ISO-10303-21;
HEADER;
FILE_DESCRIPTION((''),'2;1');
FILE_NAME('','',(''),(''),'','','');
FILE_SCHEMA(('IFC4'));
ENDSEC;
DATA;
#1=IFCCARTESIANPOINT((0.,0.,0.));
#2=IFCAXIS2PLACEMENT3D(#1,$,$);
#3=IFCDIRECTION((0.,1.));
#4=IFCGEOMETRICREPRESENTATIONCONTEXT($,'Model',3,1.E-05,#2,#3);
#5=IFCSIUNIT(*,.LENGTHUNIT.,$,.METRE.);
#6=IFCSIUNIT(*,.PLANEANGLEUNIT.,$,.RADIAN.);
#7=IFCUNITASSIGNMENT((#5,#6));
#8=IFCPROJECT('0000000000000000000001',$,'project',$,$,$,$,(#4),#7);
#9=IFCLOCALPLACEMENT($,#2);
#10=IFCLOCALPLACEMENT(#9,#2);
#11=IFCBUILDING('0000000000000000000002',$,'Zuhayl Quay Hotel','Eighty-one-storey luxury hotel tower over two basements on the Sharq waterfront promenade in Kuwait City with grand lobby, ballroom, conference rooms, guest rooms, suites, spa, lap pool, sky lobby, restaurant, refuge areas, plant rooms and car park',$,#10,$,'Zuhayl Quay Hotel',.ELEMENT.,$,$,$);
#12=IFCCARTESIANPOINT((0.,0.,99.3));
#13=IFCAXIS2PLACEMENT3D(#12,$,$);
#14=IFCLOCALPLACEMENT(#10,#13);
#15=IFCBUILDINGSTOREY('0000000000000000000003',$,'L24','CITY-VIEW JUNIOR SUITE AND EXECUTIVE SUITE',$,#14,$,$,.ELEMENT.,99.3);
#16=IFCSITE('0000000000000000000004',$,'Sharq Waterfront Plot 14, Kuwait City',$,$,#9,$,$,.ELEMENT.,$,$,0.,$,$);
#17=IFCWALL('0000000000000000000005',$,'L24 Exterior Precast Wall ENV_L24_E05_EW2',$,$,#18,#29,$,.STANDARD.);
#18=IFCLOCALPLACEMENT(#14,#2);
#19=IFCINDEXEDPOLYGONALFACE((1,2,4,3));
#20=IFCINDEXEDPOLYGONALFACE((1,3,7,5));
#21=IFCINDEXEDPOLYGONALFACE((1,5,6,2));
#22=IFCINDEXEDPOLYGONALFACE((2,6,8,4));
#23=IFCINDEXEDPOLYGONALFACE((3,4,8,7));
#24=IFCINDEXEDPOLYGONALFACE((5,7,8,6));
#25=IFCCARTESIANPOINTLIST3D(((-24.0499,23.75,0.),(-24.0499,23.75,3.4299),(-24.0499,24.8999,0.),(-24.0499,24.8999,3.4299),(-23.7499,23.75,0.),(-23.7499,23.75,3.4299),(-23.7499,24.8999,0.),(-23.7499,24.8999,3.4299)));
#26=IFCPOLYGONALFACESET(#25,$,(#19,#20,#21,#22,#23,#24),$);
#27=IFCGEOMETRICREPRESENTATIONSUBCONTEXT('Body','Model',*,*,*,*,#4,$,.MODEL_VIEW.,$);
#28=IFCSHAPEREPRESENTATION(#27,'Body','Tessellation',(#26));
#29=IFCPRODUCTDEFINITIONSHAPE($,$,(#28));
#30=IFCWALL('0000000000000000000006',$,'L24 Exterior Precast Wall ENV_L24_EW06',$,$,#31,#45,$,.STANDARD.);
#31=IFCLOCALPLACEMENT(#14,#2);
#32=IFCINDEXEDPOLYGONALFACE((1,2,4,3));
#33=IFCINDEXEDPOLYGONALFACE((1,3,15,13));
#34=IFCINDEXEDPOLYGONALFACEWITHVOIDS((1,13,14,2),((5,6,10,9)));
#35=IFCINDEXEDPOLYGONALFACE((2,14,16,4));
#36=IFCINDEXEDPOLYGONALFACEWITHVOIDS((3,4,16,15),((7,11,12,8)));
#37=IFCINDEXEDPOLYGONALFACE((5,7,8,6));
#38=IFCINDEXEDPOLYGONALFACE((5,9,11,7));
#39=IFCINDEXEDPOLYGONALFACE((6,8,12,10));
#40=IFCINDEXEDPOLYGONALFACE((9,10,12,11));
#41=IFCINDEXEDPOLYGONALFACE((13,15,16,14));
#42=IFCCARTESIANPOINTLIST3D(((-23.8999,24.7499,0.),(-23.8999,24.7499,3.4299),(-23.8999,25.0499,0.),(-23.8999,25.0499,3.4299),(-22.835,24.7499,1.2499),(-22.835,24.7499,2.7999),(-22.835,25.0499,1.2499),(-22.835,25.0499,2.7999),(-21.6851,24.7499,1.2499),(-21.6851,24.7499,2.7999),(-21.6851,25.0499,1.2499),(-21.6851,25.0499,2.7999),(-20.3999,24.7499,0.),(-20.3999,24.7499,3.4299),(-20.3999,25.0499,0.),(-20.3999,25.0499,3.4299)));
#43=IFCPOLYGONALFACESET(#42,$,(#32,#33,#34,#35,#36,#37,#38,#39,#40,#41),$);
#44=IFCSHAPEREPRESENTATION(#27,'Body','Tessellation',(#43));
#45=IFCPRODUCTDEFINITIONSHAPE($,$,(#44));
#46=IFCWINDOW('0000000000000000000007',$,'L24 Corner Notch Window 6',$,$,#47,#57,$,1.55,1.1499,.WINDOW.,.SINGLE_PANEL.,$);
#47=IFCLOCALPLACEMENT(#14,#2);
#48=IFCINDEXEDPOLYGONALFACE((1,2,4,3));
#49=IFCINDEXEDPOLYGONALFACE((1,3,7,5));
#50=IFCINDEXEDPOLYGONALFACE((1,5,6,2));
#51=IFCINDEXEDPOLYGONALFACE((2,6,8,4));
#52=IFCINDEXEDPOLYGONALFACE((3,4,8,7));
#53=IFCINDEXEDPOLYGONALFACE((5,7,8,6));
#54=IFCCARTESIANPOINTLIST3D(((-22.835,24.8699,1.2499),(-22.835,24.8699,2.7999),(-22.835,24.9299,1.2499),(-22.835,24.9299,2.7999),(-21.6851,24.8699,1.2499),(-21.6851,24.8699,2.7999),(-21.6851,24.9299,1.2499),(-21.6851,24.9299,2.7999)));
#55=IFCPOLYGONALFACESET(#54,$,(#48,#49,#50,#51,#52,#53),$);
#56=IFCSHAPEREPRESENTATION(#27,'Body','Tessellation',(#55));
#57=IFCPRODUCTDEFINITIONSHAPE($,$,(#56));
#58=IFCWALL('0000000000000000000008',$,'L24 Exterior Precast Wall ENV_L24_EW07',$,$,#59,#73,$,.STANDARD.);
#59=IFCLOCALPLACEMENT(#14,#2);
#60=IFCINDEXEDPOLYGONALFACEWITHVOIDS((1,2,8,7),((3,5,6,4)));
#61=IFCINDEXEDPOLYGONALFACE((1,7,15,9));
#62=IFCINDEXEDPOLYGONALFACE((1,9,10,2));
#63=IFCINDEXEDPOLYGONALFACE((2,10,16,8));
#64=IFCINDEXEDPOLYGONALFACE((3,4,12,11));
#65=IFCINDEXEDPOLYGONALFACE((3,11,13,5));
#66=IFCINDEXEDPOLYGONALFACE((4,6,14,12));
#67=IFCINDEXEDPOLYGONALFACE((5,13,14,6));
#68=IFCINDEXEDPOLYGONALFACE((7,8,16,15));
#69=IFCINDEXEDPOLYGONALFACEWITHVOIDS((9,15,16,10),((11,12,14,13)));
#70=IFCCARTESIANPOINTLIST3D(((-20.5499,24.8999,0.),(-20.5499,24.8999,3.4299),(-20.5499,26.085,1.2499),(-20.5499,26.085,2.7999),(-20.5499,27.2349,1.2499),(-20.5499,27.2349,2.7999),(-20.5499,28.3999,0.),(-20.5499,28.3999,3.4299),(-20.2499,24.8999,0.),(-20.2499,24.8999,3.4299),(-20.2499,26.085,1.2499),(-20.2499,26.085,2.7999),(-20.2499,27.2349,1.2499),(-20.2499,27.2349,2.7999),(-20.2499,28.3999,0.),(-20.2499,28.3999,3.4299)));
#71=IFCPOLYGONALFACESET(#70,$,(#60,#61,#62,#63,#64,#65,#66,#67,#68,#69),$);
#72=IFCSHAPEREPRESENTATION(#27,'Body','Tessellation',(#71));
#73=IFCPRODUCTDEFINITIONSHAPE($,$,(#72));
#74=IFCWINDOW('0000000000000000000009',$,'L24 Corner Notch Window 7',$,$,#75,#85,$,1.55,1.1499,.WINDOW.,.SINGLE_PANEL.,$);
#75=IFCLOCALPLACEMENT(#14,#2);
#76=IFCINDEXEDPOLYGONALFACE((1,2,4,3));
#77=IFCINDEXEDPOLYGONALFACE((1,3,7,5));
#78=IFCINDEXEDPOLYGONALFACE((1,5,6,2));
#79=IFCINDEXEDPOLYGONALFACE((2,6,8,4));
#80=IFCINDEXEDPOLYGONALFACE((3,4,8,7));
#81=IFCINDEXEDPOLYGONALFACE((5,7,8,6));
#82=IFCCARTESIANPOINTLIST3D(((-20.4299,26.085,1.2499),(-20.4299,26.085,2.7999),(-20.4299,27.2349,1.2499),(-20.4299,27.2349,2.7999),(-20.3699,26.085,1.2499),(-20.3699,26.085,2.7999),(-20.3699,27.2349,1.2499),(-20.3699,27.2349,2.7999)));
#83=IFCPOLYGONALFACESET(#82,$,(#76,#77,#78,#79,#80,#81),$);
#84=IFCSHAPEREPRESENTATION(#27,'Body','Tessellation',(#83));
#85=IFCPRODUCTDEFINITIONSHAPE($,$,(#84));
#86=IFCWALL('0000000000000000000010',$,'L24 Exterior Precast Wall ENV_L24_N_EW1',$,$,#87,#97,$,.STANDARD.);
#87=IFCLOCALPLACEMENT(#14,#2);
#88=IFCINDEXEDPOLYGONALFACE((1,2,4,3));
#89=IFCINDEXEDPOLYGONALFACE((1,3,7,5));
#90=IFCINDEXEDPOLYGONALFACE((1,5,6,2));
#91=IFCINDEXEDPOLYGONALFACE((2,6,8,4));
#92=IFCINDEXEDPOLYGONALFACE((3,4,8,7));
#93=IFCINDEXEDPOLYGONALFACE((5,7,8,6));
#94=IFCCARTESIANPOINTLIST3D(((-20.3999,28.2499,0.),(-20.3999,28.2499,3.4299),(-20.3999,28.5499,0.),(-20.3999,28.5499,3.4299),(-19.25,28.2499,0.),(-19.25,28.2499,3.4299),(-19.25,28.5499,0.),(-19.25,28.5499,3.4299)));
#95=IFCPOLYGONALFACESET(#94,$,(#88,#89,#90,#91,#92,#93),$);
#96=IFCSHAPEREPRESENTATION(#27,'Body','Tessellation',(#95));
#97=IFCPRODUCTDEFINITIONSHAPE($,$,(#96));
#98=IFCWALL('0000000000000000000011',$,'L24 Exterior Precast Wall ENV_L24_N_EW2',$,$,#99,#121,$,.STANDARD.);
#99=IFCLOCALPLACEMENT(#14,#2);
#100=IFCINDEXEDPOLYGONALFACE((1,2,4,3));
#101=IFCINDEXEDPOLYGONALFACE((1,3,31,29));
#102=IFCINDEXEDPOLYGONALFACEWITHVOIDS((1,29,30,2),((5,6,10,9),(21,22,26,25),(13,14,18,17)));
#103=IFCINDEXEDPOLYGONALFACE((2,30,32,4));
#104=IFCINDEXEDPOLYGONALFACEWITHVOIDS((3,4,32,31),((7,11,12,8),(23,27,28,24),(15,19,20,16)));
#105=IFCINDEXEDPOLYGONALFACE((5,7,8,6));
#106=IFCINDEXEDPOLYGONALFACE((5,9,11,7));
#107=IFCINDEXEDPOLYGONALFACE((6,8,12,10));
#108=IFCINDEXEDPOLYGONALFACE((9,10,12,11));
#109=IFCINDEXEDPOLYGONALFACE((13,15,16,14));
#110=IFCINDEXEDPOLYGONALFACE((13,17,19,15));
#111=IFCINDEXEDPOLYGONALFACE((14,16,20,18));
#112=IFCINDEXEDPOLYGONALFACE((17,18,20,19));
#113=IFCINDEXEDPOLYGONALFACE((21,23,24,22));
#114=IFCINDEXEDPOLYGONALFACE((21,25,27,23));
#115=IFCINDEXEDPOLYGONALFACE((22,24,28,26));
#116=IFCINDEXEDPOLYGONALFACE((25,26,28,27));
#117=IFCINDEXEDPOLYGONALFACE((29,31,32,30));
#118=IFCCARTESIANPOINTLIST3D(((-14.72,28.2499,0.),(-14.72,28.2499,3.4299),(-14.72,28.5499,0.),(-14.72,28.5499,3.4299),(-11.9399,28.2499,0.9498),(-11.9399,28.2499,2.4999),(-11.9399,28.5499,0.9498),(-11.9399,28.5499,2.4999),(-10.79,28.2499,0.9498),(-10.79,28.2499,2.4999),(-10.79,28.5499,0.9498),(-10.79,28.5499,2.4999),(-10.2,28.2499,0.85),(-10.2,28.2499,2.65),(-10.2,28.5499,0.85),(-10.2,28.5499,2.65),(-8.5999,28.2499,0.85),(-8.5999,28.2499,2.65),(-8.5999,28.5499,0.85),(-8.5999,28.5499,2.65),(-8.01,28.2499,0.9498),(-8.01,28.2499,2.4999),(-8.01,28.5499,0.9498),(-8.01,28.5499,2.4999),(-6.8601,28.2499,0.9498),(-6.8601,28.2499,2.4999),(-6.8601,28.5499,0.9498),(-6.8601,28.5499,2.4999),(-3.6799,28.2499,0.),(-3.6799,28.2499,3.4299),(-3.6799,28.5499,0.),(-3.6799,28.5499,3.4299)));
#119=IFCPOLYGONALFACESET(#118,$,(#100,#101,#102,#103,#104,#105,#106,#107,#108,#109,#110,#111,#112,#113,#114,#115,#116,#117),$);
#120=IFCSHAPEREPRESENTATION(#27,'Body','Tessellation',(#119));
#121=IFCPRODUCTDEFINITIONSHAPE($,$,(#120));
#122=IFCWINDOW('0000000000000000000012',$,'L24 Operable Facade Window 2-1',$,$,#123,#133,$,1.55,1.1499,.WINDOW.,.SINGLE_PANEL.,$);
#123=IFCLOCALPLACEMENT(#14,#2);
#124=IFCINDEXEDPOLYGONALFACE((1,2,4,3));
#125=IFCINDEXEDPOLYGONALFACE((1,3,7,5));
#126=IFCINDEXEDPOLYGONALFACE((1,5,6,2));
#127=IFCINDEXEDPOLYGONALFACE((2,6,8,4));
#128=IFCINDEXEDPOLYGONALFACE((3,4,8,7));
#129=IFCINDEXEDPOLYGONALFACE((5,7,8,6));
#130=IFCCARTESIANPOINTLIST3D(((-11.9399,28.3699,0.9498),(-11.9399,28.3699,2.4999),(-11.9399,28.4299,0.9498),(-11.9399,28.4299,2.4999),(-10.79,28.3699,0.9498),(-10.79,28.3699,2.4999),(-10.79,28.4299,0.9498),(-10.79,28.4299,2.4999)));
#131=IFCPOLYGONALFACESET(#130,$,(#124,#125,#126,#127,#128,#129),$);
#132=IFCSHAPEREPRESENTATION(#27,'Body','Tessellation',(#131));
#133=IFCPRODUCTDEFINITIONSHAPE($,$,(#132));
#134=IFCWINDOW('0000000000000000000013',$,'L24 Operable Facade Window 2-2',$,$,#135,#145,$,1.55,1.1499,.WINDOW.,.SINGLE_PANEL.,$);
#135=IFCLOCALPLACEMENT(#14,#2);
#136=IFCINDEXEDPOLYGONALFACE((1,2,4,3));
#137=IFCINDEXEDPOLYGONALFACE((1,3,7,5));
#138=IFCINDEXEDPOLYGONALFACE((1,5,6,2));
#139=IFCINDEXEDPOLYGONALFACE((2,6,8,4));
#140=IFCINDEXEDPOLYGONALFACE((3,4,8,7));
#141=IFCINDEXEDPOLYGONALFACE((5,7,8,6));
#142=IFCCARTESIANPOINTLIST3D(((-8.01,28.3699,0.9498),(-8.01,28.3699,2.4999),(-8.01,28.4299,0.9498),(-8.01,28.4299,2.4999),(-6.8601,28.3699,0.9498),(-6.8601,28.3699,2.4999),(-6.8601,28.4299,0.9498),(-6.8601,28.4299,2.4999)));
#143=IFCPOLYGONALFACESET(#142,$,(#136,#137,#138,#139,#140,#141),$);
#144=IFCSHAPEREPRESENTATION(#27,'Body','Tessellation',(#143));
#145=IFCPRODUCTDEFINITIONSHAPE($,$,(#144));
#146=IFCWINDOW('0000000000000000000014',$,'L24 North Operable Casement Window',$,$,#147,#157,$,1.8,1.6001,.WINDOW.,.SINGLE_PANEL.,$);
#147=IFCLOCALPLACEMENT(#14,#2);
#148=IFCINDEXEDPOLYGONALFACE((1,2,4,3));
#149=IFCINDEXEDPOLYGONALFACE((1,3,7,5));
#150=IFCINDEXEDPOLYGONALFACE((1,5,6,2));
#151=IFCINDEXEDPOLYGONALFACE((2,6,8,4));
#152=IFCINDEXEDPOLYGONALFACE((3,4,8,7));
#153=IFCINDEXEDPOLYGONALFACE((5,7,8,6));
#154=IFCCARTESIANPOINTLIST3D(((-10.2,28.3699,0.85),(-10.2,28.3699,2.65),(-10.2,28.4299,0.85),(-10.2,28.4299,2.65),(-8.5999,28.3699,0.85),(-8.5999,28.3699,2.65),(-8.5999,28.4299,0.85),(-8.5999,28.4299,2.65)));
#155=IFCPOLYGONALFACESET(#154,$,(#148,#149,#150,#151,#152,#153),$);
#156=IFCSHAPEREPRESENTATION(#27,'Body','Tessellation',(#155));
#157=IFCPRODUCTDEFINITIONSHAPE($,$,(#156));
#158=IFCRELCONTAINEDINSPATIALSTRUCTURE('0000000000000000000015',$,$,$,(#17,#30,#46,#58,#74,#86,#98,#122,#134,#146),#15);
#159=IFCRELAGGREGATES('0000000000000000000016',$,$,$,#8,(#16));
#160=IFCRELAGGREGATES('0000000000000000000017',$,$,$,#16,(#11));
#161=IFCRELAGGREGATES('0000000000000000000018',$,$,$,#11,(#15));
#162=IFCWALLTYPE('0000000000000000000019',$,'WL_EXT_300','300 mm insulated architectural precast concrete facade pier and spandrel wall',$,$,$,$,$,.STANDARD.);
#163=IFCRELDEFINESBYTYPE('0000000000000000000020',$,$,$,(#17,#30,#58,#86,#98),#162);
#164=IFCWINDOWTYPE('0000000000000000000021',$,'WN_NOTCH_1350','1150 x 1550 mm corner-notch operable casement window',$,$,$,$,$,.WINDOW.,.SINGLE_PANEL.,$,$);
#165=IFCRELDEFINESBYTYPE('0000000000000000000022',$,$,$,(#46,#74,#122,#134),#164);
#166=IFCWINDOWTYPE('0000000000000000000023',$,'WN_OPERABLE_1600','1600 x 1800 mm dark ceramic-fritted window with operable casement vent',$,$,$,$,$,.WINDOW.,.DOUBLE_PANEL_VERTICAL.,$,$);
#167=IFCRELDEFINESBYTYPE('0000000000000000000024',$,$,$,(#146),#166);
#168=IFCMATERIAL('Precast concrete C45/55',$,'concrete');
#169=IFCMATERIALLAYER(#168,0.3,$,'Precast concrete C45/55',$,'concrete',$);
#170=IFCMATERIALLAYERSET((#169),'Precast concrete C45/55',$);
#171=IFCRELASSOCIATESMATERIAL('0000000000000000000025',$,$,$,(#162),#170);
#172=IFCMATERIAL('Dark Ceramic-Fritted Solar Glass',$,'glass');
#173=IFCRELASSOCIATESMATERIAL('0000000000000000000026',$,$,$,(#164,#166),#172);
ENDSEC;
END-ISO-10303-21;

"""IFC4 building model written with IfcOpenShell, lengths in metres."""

from ifc_helpers import new_model, si_unit, direction, frame, frame_2d, origin, place, context, subcontext, project, spatial, rectangle, extrude, material, layer, layer_set, type_object, element, fill, save


model = new_model("IFC4")

# Units and contexts
model_context = context("Model", 3, precision=1e-05, world=origin(), true_north=direction((0.0, 1.0)))
body_context = subcontext(model_context, "Body", "Model", "MODEL_VIEW")
ifc_project = project(units=[si_unit("LENGTHUNIT", "METRE"), si_unit("PLANEANGLEUNIT", "RADIAN")], contexts=[model_context])

# Site, building, storey
site_placement = place(None, origin())
site = spatial("IfcSite", under=ifc_project, at=site_placement, Name="Sharq Waterfront Plot 14, Kuwait City", CompositionType="ELEMENT", RefElevation=0.0)
building_placement = place(site_placement, origin())
building = spatial("IfcBuilding", under=site, at=building_placement, Name="Zuhayl Quay Hotel", Description="Eighty-one-storey luxury hotel tower over two basements on the Sharq waterfront promenade in Kuwait City with grand lobby, ballroom, conference rooms, guest rooms, suites, spa, lap pool, sky lobby, restaurant, refuge areas, plant rooms and car park", LongName="Zuhayl Quay Hotel", CompositionType="ELEMENT")
storey_placement = place(building_placement, frame((0.0, 0.0, 99.3)))
storey = spatial("IfcBuildingStorey", under=building, at=storey_placement, Name="L24", Description="CITY-VIEW JUNIOR SUITE AND EXECUTIVE SUITE", CompositionType="ELEMENT", Elevation=99.3)

# Shared definitions
ifc_material_1 = material(Name="Dark Ceramic-Fritted Solar Glass", Category="glass")

# Wall
ifc_material_2 = material(Name="Precast concrete C45/55", Category="concrete")
ifc_layer_1 = layer(ifc_material_2, 0.3, Name="Precast concrete C45/55", Category="concrete")
ifc_layer_set_1 = layer_set([ifc_layer_1], Name="Precast concrete C45/55")
wall_type_1 = type_object("IfcWallType", Name="WL_EXT_300", Description="300 mm insulated architectural precast concrete facade pier and spandrel wall", PredefinedType="STANDARD", material=ifc_layer_set_1)
wall_1_placement = place(storey_placement, frame((-23.8999, 23.75, 0.0), z_axis=(0.0, 0.0, 1.0), x_axis=(0.0, 1.0, 0.0)))
element("IfcWall", 1, at=wall_1_placement, inside=storey, type_object=wall_type_1, Name="L24 Exterior Precast Wall ENV_L24_E05_EW2", PredefinedType="STANDARD", context=body_context, shape_type="SweptSolid", body=[
    extrude(rectangle(XDim=1.1499, YDim=0.3, at=frame_2d((0.575, 0.0))), origin(), (0.0, 0.0, 1.0), 3.4299),
])

# Walls, openings, windows
wall_2_placement = place(storey_placement, frame((-23.8999, 24.8999, 0.0), z_axis=(0.0, 0.0, 1.0), x_axis=(1.0, 0.0, 0.0)))
wall_2 = element("IfcWall", 2, at=wall_2_placement, inside=storey, type_object=wall_type_1, Name="L24 Exterior Precast Wall ENV_L24_EW06", PredefinedType="STANDARD", context=body_context, shape_type="SweptSolid", body=[
    extrude(rectangle(XDim=3.5, YDim=0.3, at=frame_2d((1.75, 0.0))), origin(), (0.0, 0.0, 1.0), 3.4299),
])
opening_1_placement = place(wall_2_placement, frame((1.0649, 0.0, 1.25)))
opening_1 = element("IfcOpeningElement", 3, at=opening_1_placement, cuts=wall_2, PredefinedType="OPENING", context=body_context, shape_type="SweptSolid", body=[
    extrude(rectangle(XDim=1.1499, YDim=1.55, at=frame_2d((0.575, 0.7749))), frame((0.0, 0.1599, 0.0), z_axis=(0.0, -1.0, 0.0), x_axis=(1.0, 0.0, 0.0)), (0.0, 0.0, 1.0), 0.3201),
])
window_type_1 = type_object("IfcWindowType", Name="WN_NOTCH_1350", Description="1150 x 1550 mm corner-notch operable casement window", PartitioningType="SINGLE_PANEL", PredefinedType="WINDOW", material=ifc_material_1)
window_1_placement = place(opening_1_placement, origin())
window_1 = element("IfcWindow", 4, at=window_1_placement, inside=storey, type_object=window_type_1, Name="L24 Corner Notch Window 6", OverallHeight=1.55, OverallWidth=1.1499, PartitioningType="SINGLE_PANEL", PredefinedType="WINDOW", context=body_context, shape_type="SweptSolid", body=[
    extrude(rectangle(XDim=1.1499, YDim=1.55, at=frame_2d((0.575, 0.7749))), frame((0.0, 0.03, 0.0), z_axis=(0.0, -1.0, 0.0), x_axis=(1.0, 0.0, 0.0)), (0.0, 0.0, 1.0), 0.0601),
])
fill(opening_1, window_1)
wall_3_placement = place(storey_placement, frame((-20.3999, 24.8999, 0.0), z_axis=(0.0, 0.0, 1.0), x_axis=(0.0, 1.0, 0.0)))
wall_3 = element("IfcWall", 5, at=wall_3_placement, inside=storey, type_object=wall_type_1, Name="L24 Exterior Precast Wall ENV_L24_EW07", PredefinedType="STANDARD", context=body_context, shape_type="SweptSolid", body=[
    extrude(rectangle(XDim=3.5, YDim=0.3, at=frame_2d((1.75, 0.0))), origin(), (0.0, 0.0, 1.0), 3.4299),
])
opening_2_placement = place(wall_3_placement, frame((1.1851, 0.0, 1.25)))
opening_2 = element("IfcOpeningElement", 6, at=opening_2_placement, cuts=wall_3, PredefinedType="OPENING", context=body_context, shape_type="SweptSolid", body=[
    extrude(rectangle(XDim=1.1499, YDim=1.55, at=frame_2d((0.575, 0.7749))), frame((0.0, 0.1599, 0.0), z_axis=(0.0, -1.0, 0.0), x_axis=(1.0, 0.0, 0.0)), (0.0, 0.0, 1.0), 0.3201),
])
window_2_placement = place(opening_2_placement, origin())
window_2 = element("IfcWindow", 7, at=window_2_placement, inside=storey, type_object=window_type_1, Name="L24 Corner Notch Window 7", OverallHeight=1.55, OverallWidth=1.1499, PartitioningType="SINGLE_PANEL", PredefinedType="WINDOW", context=body_context, shape_type="SweptSolid", body=[
    extrude(rectangle(XDim=1.1499, YDim=1.55, at=frame_2d((0.575, 0.7749))), frame((0.0, 0.03, 0.0), z_axis=(0.0, -1.0, 0.0), x_axis=(1.0, 0.0, 0.0)), (0.0, 0.0, 1.0), 0.0601),
])
fill(opening_2, window_2)

# Wall
wall_4_placement = place(storey_placement, frame((-20.3999, 28.3999, 0.0), z_axis=(0.0, 0.0, 1.0), x_axis=(1.0, 0.0, 0.0)))
element("IfcWall", 8, at=wall_4_placement, inside=storey, type_object=wall_type_1, Name="L24 Exterior Precast Wall ENV_L24_N_EW1", PredefinedType="STANDARD", context=body_context, shape_type="SweptSolid", body=[
    extrude(rectangle(XDim=1.1499, YDim=0.3, at=frame_2d((0.575, 0.0))), origin(), (0.0, 0.0, 1.0), 3.4299),
])

# Wall, openings, windows
wall_5_placement = place(storey_placement, frame((-14.72, 28.3999, 0.0), z_axis=(0.0, 0.0, 1.0), x_axis=(1.0, 0.0, 0.0)))
wall_5 = element("IfcWall", 9, at=wall_5_placement, inside=storey, type_object=wall_type_1, Name="L24 Exterior Precast Wall ENV_L24_N_EW2", PredefinedType="STANDARD", context=body_context, shape_type="SweptSolid", body=[
    extrude(rectangle(XDim=11.04, YDim=0.3, at=frame_2d((5.52, 0.0))), origin(), (0.0, 0.0, 1.0), 3.4299),
])
opening_3_placement = place(wall_5_placement, frame((4.52, 0.0, 0.8501)))
opening_3 = element("IfcOpeningElement", 10, at=opening_3_placement, cuts=wall_5, PredefinedType="OPENING", context=body_context, shape_type="SweptSolid", body=[
    extrude(rectangle(XDim=1.6001, YDim=1.8, at=frame_2d((0.8, 0.8999))), frame((0.0, 0.1599, 0.0), z_axis=(0.0, -1.0, 0.0), x_axis=(1.0, 0.0, 0.0)), (0.0, 0.0, 1.0), 0.3201),
])
opening_4_placement = place(wall_5_placement, frame((2.78, 0.0, 0.95)))
opening_4 = element("IfcOpeningElement", 11, at=opening_4_placement, cuts=wall_5, PredefinedType="OPENING", context=body_context, shape_type="SweptSolid", body=[
    extrude(rectangle(XDim=1.1499, YDim=1.55, at=frame_2d((0.575, 0.7749))), frame((0.0, 0.1599, 0.0), z_axis=(0.0, -1.0, 0.0), x_axis=(1.0, 0.0, 0.0)), (0.0, 0.0, 1.0), 0.3201),
])
opening_5_placement = place(wall_5_placement, frame((6.71, 0.0, 0.95)))
opening_5 = element("IfcOpeningElement", 12, at=opening_5_placement, cuts=wall_5, PredefinedType="OPENING", context=body_context, shape_type="SweptSolid", body=[
    extrude(rectangle(XDim=1.1499, YDim=1.55, at=frame_2d((0.575, 0.7749))), frame((0.0, 0.1599, 0.0), z_axis=(0.0, -1.0, 0.0), x_axis=(1.0, 0.0, 0.0)), (0.0, 0.0, 1.0), 0.3201),
])
window_3_placement = place(opening_4_placement, origin())
window_3 = element("IfcWindow", 13, at=window_3_placement, inside=storey, type_object=window_type_1, Name="L24 Operable Facade Window 2-1", OverallHeight=1.55, OverallWidth=1.1499, PartitioningType="SINGLE_PANEL", PredefinedType="WINDOW", context=body_context, shape_type="SweptSolid", body=[
    extrude(rectangle(XDim=1.1499, YDim=1.55, at=frame_2d((0.575, 0.7749))), frame((0.0, 0.03, 0.0), z_axis=(0.0, -1.0, 0.0), x_axis=(1.0, 0.0, 0.0)), (0.0, 0.0, 1.0), 0.0601),
])
fill(opening_4, window_3)
window_4_placement = place(opening_5_placement, origin())
window_4 = element("IfcWindow", 14, at=window_4_placement, inside=storey, type_object=window_type_1, Name="L24 Operable Facade Window 2-2", OverallHeight=1.55, OverallWidth=1.1499, PartitioningType="SINGLE_PANEL", PredefinedType="WINDOW", context=body_context, shape_type="SweptSolid", body=[
    extrude(rectangle(XDim=1.1499, YDim=1.55, at=frame_2d((0.575, 0.7749))), frame((0.0, 0.03, 0.0), z_axis=(0.0, -1.0, 0.0), x_axis=(1.0, 0.0, 0.0)), (0.0, 0.0, 1.0), 0.0601),
])
fill(opening_5, window_4)
window_type_2 = type_object("IfcWindowType", Name="WN_OPERABLE_1600", Description="1600 x 1800 mm dark ceramic-fritted window with operable casement vent", PartitioningType="DOUBLE_PANEL_VERTICAL", PredefinedType="WINDOW", material=ifc_material_1)
window_5_placement = place(opening_3_placement, origin())
window_5 = element("IfcWindow", 15, at=window_5_placement, inside=storey, type_object=window_type_2, Name="L24 North Operable Casement Window", OverallHeight=1.8, OverallWidth=1.6001, PartitioningType="SINGLE_PANEL", PredefinedType="WINDOW", context=body_context, shape_type="SweptSolid", body=[
    extrude(rectangle(XDim=1.6001, YDim=1.8, at=frame_2d((0.8, 0.8999))), frame((0.0, 0.03, 0.0), z_axis=(0.0, -1.0, 0.0), x_axis=(1.0, 0.0, 0.0)), (0.0, 0.0, 1.0), 0.0601),
])
fill(opening_3, window_5)

save(model, "model.ifc")
